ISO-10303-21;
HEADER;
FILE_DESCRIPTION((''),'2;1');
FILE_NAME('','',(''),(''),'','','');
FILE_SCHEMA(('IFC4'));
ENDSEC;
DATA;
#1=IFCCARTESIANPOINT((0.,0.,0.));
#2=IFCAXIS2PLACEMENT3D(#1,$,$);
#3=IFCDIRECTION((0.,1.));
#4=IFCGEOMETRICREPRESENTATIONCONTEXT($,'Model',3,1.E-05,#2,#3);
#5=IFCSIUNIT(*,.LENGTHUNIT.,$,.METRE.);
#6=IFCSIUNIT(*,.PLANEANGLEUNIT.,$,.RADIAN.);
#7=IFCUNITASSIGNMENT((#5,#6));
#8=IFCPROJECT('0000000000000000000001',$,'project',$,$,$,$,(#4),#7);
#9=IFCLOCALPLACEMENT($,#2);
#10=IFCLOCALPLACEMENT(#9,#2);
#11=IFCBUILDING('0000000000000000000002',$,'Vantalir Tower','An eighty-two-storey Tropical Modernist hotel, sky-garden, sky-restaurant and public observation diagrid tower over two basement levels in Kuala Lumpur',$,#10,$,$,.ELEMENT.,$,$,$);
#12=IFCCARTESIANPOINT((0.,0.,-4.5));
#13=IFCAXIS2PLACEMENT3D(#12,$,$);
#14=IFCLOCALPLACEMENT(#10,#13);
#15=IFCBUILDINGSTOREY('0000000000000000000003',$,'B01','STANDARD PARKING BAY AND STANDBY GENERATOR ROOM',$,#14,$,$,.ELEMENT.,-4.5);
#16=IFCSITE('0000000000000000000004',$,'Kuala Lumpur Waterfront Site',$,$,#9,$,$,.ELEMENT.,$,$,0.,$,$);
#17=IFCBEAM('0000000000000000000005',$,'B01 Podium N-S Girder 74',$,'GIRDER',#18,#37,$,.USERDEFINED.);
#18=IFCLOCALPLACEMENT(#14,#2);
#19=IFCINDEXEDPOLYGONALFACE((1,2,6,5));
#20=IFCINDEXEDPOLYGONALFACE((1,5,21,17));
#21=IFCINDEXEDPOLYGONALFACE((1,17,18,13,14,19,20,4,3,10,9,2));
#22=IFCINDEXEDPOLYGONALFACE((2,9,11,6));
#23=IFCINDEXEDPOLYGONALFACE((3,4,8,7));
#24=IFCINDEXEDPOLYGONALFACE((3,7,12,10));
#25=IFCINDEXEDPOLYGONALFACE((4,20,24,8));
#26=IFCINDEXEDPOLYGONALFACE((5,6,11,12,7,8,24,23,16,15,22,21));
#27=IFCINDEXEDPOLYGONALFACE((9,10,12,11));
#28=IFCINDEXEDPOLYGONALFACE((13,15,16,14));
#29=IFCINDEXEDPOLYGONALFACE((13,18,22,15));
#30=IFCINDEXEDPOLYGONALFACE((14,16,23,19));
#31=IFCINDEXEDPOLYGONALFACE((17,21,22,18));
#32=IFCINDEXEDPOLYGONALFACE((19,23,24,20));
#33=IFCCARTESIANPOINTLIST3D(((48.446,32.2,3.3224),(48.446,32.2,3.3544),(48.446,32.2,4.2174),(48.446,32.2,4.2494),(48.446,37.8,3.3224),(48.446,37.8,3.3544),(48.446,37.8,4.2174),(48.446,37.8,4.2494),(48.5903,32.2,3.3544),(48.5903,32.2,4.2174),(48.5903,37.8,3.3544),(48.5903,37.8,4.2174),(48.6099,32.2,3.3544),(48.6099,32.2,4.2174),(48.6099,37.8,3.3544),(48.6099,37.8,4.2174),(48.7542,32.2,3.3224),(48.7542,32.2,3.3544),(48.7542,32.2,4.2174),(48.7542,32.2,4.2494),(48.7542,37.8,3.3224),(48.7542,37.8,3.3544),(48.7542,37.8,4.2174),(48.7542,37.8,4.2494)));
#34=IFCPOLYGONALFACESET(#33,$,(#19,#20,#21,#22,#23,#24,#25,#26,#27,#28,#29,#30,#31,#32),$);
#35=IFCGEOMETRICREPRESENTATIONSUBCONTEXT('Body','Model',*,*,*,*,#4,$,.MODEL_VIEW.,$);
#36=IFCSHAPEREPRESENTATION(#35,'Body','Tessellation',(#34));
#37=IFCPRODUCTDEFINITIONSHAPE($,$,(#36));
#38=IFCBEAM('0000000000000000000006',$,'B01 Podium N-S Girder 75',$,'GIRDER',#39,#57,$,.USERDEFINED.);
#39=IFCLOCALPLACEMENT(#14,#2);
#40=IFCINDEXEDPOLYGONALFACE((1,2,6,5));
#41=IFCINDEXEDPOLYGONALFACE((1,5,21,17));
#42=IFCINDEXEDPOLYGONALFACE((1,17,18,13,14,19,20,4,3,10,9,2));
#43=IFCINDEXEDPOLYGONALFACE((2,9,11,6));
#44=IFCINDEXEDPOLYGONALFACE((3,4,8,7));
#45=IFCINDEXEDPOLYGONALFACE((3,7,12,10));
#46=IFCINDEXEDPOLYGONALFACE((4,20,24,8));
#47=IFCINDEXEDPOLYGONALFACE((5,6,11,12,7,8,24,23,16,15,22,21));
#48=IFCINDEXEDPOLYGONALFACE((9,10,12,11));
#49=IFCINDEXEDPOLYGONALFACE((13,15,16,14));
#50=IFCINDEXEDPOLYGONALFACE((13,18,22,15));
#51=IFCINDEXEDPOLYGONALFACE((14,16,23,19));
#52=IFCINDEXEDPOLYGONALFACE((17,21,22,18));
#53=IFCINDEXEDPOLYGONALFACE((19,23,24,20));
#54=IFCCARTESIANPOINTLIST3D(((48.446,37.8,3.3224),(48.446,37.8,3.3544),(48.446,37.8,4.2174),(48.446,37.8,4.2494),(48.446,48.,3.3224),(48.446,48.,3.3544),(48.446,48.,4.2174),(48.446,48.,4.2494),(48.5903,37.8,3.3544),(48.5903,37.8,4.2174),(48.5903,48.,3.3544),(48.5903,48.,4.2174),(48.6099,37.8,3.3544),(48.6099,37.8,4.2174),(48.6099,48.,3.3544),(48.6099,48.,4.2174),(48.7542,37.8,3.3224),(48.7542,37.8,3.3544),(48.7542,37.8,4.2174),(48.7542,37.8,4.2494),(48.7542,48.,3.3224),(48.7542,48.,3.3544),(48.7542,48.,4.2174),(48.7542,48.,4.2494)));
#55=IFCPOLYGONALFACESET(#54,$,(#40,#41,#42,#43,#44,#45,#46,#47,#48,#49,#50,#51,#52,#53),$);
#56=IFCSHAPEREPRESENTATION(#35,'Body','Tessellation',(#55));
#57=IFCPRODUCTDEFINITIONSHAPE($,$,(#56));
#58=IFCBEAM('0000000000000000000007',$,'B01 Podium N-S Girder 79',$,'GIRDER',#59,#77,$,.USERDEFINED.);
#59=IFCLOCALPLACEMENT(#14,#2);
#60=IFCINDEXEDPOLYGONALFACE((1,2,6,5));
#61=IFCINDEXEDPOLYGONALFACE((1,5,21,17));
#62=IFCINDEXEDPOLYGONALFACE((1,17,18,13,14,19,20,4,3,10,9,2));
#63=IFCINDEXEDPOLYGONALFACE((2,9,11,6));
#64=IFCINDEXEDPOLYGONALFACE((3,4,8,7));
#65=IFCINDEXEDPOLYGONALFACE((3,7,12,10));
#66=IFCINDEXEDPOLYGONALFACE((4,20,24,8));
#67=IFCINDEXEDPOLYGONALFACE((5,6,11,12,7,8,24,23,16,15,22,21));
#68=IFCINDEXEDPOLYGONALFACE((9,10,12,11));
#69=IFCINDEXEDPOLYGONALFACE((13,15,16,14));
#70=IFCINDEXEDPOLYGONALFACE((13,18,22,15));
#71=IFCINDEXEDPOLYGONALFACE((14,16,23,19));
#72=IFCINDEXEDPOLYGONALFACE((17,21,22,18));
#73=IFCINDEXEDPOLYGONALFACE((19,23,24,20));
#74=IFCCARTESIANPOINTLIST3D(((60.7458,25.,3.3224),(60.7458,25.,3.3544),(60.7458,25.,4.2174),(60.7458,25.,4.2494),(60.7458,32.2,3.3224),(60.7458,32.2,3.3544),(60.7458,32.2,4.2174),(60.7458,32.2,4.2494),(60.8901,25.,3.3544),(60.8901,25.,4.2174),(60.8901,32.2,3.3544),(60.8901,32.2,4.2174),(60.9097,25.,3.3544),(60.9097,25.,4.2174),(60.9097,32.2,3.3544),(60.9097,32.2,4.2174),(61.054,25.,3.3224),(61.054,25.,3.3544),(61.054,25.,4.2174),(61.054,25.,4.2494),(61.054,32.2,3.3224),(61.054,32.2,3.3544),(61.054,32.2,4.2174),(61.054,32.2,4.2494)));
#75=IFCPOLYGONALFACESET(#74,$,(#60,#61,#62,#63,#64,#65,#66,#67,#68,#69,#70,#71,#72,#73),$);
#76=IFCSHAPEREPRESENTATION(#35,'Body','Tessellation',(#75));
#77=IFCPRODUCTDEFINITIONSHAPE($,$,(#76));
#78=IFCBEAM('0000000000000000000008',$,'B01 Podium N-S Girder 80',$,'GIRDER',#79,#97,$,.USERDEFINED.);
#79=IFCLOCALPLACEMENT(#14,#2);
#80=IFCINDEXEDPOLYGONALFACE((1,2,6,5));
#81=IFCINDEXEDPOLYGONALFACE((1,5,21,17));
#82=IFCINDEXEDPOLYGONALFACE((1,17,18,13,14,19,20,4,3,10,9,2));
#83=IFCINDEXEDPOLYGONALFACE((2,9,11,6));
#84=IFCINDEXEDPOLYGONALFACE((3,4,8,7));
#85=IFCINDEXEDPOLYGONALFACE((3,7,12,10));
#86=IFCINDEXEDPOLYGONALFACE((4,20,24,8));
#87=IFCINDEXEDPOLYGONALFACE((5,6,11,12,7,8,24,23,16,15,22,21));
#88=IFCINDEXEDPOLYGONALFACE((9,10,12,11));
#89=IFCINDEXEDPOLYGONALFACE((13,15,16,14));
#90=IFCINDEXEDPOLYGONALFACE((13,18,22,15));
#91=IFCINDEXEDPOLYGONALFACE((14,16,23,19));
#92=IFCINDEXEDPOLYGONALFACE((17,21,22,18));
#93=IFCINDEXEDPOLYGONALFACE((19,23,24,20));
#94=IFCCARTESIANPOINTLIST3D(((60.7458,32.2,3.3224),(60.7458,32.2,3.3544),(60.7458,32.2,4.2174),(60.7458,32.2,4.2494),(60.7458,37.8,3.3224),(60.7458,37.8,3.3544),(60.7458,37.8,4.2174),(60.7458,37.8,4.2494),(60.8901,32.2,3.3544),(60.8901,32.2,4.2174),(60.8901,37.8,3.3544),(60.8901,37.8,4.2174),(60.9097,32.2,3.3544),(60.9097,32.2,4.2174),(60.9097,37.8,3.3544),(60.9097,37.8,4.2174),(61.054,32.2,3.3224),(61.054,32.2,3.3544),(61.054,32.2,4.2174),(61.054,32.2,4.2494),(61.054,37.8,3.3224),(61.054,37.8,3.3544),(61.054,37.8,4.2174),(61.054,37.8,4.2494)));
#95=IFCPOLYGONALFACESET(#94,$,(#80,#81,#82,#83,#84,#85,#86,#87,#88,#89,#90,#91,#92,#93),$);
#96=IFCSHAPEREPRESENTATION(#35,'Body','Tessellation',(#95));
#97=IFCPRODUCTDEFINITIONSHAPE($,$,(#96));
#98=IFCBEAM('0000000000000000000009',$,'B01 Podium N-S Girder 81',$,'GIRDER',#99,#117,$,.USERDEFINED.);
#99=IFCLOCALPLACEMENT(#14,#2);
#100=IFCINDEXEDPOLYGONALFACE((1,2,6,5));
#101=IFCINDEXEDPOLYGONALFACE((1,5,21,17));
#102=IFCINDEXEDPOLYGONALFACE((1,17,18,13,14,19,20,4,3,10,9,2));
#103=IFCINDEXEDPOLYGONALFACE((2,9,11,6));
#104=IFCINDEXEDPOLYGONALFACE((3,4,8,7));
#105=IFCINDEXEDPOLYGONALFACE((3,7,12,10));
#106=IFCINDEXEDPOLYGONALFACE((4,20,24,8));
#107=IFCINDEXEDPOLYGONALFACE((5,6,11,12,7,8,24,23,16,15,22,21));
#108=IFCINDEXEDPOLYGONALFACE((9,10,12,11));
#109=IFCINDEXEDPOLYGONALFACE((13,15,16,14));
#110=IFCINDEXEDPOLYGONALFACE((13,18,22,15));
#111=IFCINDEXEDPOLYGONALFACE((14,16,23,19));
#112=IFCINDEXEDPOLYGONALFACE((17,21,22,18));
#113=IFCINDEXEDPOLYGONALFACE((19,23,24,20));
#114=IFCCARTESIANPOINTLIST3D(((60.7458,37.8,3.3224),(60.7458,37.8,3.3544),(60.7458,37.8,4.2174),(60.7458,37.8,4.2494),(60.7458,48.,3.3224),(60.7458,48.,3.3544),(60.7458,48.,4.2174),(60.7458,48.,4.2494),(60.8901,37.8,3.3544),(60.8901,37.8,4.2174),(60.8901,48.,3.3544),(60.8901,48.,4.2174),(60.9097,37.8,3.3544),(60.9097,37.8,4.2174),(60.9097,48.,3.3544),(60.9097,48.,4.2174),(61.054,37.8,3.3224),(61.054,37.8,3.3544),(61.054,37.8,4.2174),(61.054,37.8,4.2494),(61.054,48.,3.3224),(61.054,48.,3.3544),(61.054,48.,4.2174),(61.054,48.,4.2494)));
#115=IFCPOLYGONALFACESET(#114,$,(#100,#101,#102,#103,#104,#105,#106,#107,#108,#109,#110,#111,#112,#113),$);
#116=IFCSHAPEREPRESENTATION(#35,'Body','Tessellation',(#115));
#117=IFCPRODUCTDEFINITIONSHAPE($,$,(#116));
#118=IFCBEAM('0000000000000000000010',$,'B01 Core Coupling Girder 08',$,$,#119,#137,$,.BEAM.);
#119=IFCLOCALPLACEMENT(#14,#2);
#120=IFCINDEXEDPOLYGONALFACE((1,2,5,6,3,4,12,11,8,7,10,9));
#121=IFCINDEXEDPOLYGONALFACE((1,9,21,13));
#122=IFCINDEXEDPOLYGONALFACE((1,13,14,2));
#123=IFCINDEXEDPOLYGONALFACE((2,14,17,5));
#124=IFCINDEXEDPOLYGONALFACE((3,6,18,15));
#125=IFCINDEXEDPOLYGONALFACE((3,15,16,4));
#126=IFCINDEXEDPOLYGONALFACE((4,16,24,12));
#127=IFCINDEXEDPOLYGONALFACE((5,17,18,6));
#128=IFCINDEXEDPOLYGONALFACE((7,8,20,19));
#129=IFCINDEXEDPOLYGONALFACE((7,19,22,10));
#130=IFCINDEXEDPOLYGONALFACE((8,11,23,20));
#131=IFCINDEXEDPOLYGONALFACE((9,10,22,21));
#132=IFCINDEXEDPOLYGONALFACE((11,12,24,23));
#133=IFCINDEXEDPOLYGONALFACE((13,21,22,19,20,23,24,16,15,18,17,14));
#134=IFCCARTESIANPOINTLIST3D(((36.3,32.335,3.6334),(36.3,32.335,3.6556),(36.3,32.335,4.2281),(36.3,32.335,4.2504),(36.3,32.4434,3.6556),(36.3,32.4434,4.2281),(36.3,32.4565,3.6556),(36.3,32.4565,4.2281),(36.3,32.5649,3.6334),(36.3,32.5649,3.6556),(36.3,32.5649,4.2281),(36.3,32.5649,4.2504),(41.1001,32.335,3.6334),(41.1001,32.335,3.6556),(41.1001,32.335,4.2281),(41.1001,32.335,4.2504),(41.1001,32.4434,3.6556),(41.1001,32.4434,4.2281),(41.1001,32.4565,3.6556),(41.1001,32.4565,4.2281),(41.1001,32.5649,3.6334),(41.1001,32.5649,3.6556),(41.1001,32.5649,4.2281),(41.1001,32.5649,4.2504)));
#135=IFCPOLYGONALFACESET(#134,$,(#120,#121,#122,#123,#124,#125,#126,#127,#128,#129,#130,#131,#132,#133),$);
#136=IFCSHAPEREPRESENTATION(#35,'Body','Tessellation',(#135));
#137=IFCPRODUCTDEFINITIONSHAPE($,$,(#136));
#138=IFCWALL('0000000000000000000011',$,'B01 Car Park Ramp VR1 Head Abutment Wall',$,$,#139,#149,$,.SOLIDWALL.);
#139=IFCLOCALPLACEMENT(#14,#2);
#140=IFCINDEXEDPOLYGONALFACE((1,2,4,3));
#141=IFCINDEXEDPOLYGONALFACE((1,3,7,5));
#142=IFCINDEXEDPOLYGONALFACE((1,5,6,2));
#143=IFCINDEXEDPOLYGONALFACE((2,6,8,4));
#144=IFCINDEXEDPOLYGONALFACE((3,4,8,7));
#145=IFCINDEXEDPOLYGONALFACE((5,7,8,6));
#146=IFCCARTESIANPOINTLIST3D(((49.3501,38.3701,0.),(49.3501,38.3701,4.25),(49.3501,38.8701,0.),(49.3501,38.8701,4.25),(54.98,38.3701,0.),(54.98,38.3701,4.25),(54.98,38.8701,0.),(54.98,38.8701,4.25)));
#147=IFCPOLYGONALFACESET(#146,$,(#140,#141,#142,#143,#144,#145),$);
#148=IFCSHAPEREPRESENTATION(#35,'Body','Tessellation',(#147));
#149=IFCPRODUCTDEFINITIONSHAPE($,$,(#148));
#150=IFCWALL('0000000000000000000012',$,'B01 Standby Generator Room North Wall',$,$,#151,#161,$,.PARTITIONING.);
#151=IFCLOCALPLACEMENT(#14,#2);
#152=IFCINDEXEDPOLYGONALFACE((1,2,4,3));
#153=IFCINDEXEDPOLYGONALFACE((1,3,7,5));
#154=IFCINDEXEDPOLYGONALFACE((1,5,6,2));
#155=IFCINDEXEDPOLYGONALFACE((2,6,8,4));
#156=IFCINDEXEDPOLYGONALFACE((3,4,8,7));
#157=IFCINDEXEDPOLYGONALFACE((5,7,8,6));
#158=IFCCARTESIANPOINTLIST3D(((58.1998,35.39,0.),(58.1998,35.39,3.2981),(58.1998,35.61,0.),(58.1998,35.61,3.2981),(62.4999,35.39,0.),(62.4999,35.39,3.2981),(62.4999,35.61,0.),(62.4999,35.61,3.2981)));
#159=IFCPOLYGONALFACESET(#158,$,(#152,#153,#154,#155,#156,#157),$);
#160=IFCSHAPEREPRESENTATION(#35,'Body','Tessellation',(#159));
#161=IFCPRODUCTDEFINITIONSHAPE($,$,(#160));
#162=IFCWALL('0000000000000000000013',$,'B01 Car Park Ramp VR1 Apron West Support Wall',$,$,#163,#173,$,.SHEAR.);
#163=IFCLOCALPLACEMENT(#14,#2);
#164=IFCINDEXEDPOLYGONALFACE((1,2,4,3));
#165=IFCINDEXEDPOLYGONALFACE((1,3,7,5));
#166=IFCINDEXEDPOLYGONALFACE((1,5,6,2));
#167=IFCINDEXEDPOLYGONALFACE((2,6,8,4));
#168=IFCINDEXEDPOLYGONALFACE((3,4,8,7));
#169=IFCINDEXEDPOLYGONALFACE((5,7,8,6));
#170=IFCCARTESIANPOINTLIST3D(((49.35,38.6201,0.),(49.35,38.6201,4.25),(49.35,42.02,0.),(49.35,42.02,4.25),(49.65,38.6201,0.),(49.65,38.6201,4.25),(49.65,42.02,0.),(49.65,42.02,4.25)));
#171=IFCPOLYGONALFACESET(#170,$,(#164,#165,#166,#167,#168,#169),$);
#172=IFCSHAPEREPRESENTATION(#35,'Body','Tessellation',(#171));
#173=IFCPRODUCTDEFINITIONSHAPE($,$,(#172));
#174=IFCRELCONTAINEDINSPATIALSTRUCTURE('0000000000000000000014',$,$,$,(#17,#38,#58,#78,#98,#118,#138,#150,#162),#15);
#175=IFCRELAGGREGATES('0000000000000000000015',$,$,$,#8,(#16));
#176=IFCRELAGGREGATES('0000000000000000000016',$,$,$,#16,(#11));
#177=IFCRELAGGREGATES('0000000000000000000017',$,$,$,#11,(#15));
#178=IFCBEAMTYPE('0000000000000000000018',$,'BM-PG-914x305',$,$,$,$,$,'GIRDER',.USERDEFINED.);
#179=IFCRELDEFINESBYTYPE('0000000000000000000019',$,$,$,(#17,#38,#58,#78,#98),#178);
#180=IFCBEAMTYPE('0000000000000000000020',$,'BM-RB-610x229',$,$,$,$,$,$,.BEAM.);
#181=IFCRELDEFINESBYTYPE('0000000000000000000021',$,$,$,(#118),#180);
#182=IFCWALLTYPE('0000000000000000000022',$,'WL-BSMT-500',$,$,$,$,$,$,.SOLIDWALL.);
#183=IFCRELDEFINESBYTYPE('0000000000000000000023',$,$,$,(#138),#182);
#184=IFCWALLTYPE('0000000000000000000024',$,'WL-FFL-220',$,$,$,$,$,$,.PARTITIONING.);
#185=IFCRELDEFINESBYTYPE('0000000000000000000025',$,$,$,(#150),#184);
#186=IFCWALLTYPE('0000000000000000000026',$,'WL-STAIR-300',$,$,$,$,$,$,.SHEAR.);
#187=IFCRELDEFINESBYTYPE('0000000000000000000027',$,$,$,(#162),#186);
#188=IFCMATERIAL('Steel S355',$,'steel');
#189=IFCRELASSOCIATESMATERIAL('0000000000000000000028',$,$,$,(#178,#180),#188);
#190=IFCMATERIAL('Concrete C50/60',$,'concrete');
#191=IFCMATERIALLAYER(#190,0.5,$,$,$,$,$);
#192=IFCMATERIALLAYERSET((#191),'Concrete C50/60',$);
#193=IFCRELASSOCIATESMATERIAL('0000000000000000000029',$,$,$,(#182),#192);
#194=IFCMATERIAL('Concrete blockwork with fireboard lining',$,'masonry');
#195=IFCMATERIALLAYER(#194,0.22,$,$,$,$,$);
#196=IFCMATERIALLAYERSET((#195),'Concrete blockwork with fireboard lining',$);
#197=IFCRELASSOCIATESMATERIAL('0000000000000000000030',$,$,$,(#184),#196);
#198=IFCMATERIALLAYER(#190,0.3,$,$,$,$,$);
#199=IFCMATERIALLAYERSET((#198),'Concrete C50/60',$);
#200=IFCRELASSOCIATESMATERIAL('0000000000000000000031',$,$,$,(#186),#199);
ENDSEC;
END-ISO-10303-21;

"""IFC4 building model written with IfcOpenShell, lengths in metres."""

from ifc_helpers import new_model, si_unit, direction, frame, frame_2d, origin, origin_2d, place, context, subcontext, project, spatial, rectangle, i_section, extrude, material, layer, layer_set, material_profile, profile_set, type_object, element, save


model = new_model("IFC4")

# Units and contexts
model_context = context("Model", 3, precision=1e-05, world=origin(), true_north=direction((0.0, 1.0)))
body_context = subcontext(model_context, "Body", "Model", "MODEL_VIEW")
ifc_project = project(units=[si_unit("LENGTHUNIT", "METRE"), si_unit("PLANEANGLEUNIT", "RADIAN")], contexts=[model_context])

# Site, building, storey
site_placement = place(None, origin())
site = spatial("IfcSite", under=ifc_project, at=site_placement, Name="Kuala Lumpur Waterfront Site", CompositionType="ELEMENT", RefElevation=0.0)
building_placement = place(site_placement, origin())
building = spatial("IfcBuilding", under=site, at=building_placement, Name="Vantalir Tower", Description="An eighty-two-storey Tropical Modernist hotel, sky-garden, sky-restaurant and public observation diagrid tower over two basement levels in Kuala Lumpur", CompositionType="ELEMENT")
storey_placement = place(building_placement, frame((0.0, 0.0, -4.5)))
storey = spatial("IfcBuildingStorey", under=building, at=storey_placement, Name="B01", Description="STANDARD PARKING BAY AND STANDBY GENERATOR ROOM", CompositionType="ELEMENT", Elevation=-4.5)

# Shared definitions
ifc_material_1 = material(Name="Concrete C50/60", Category="concrete")

# Beams
ifc_material_2 = material(Name="Steel S355", Category="steel")
ifc_material_profile_1 = material_profile(ifc_material_2, i_section(OverallWidth=0.3081, OverallDepth=0.927, WebThickness=0.0195, FlangeThickness=0.032, at=origin_2d()), Name="Steel S355")
ifc_profile_set_1 = profile_set([ifc_material_profile_1], Name="Steel S355")
beam_type_1 = type_object("IfcBeamType", Name="BM-PG-914x305", ElementType="GIRDER", PredefinedType="USERDEFINED", material=ifc_profile_set_1)
beam_1_placement = place(storey_placement, frame((48.6001, 32.2, 3.7859), z_axis=(0.0, 1.0, 0.0), x_axis=(-1.0, 0.0, 0.0)))
element("IfcBeam", 1, at=beam_1_placement, inside=storey, type_object=beam_type_1, Name="B01 Podium N-S Girder 74", ObjectType="GIRDER", PredefinedType="USERDEFINED", context=body_context, shape_type="SweptSolid", body=[
    extrude(i_section(OverallWidth=0.3081, OverallDepth=0.927, WebThickness=0.0195, FlangeThickness=0.032, at=origin_2d()), origin(), (0.0, 0.0, 1.0), 5.6001),
])
beam_2_placement = place(storey_placement, frame((48.6001, 37.8, 3.7859), z_axis=(0.0, 1.0, 0.0), x_axis=(-1.0, 0.0, 0.0)))
element("IfcBeam", 2, at=beam_2_placement, inside=storey, type_object=beam_type_1, Name="B01 Podium N-S Girder 75", ObjectType="GIRDER", PredefinedType="USERDEFINED", context=body_context, shape_type="SweptSolid", body=[
    extrude(i_section(OverallWidth=0.3081, OverallDepth=0.927, WebThickness=0.0195, FlangeThickness=0.032, at=origin_2d()), origin(), (0.0, 0.0, 1.0), 10.2),
])
beam_3_placement = place(storey_placement, frame((60.8999, 25.0, 3.7859), z_axis=(0.0, 1.0, 0.0), x_axis=(-1.0, 0.0, 0.0)))
element("IfcBeam", 3, at=beam_3_placement, inside=storey, type_object=beam_type_1, Name="B01 Podium N-S Girder 79", ObjectType="GIRDER", PredefinedType="USERDEFINED", context=body_context, shape_type="SweptSolid", body=[
    extrude(i_section(OverallWidth=0.3081, OverallDepth=0.927, WebThickness=0.0195, FlangeThickness=0.032, at=origin_2d()), origin(), (0.0, 0.0, 1.0), 7.2),
])
beam_4_placement = place(storey_placement, frame((60.8999, 32.2, 3.7859), z_axis=(0.0, 1.0, 0.0), x_axis=(-1.0, 0.0, 0.0)))
element("IfcBeam", 4, at=beam_4_placement, inside=storey, type_object=beam_type_1, Name="B01 Podium N-S Girder 80", ObjectType="GIRDER", PredefinedType="USERDEFINED", context=body_context, shape_type="SweptSolid", body=[
    extrude(i_section(OverallWidth=0.3081, OverallDepth=0.927, WebThickness=0.0195, FlangeThickness=0.032, at=origin_2d()), origin(), (0.0, 0.0, 1.0), 5.6001),
])
beam_5_placement = place(storey_placement, frame((60.8999, 37.8, 3.7859), z_axis=(0.0, 1.0, 0.0), x_axis=(-1.0, 0.0, 0.0)))
element("IfcBeam", 5, at=beam_5_placement, inside=storey, type_object=beam_type_1, Name="B01 Podium N-S Girder 81", ObjectType="GIRDER", PredefinedType="USERDEFINED", context=body_context, shape_type="SweptSolid", body=[
    extrude(i_section(OverallWidth=0.3081, OverallDepth=0.927, WebThickness=0.0195, FlangeThickness=0.032, at=origin_2d()), origin(), (0.0, 0.0, 1.0), 10.2),
])
ifc_material_profile_2 = material_profile(ifc_material_2, i_section(OverallWidth=0.23, OverallDepth=0.6169, WebThickness=0.0132, FlangeThickness=0.0222, at=origin_2d()), Name="Steel S355")
ifc_profile_set_2 = profile_set([ifc_material_profile_2], Name="Steel S355")
beam_type_2 = type_object("IfcBeamType", Name="BM-RB-610x229", PredefinedType="BEAM", material=ifc_profile_set_2)
beam_6_placement = place(storey_placement, frame((41.1001, 32.45, 3.9419), z_axis=(-1.0, 0.0, 0.0), x_axis=(0.0, -1.0, 0.0)))
element("IfcBeam", 6, at=beam_6_placement, inside=storey, type_object=beam_type_2, Name="B01 Core Coupling Girder 08", PredefinedType="BEAM", context=body_context, shape_type="SweptSolid", body=[
    extrude(i_section(OverallWidth=0.23, OverallDepth=0.6169, WebThickness=0.0132, FlangeThickness=0.0222, at=origin_2d()), origin(), (0.0, 0.0, 1.0), 4.8),
])

# Walls
ifc_layer_1 = layer(ifc_material_1, 0.5)
ifc_layer_set_1 = layer_set([ifc_layer_1], Name="Concrete C50/60")
wall_type_1 = type_object("IfcWallType", Name="WL-BSMT-500", PredefinedType="SOLIDWALL", material=ifc_layer_set_1)
wall_1_placement = place(storey_placement, frame((49.3501, 38.6201, 0.0), z_axis=(0.0, 0.0, 1.0), x_axis=(1.0, 0.0, 0.0)))
element("IfcWall", 7, at=wall_1_placement, inside=storey, type_object=wall_type_1, Name="B01 Car Park Ramp VR1 Head Abutment Wall", PredefinedType="SOLIDWALL", context=body_context, shape_type="SweptSolid", body=[
    extrude(rectangle(XDim=5.6299, YDim=0.5, at=frame_2d((2.8149, 0.0))), origin(), (0.0, 0.0, 1.0), 4.25),
])
ifc_material_3 = material(Name="Concrete blockwork with fireboard lining", Category="masonry")
ifc_layer_2 = layer(ifc_material_3, 0.22)
ifc_layer_set_2 = layer_set([ifc_layer_2], Name="Concrete blockwork with fireboard lining")
wall_type_2 = type_object("IfcWallType", Name="WL-FFL-220", PredefinedType="PARTITIONING", material=ifc_layer_set_2)
wall_2_placement = place(storey_placement, frame((58.2, 35.5, 0.0), z_axis=(0.0, 0.0, 1.0), x_axis=(1.0, 0.0, 0.0)))
element("IfcWall", 8, at=wall_2_placement, inside=storey, type_object=wall_type_2, Name="B01 Standby Generator Room North Wall", PredefinedType="PARTITIONING", context=body_context, shape_type="SweptSolid", body=[
    extrude(rectangle(XDim=4.3, YDim=0.22, at=frame_2d((2.1499, 0.0))), origin(), (0.0, 0.0, 1.0), 3.2981),
])
ifc_layer_3 = layer(ifc_material_1, 0.3)
ifc_layer_set_3 = layer_set([ifc_layer_3], Name="Concrete C50/60")
wall_type_3 = type_object("IfcWallType", Name="WL-STAIR-300", PredefinedType="SHEAR", material=ifc_layer_set_3)
wall_3_placement = place(storey_placement, frame((49.5, 38.6201, 0.0), z_axis=(0.0, 0.0, 1.0), x_axis=(0.0, 1.0, 0.0)))
element("IfcWall", 9, at=wall_3_placement, inside=storey, type_object=wall_type_3, Name="B01 Car Park Ramp VR1 Apron West Support Wall", PredefinedType="SHEAR", context=body_context, shape_type="SweptSolid", body=[
    extrude(rectangle(XDim=3.3999, YDim=0.3, at=frame_2d((1.7, 0.0))), origin(), (0.0, 0.0, 1.0), 4.25),
])

save(model, "model.ifc")
